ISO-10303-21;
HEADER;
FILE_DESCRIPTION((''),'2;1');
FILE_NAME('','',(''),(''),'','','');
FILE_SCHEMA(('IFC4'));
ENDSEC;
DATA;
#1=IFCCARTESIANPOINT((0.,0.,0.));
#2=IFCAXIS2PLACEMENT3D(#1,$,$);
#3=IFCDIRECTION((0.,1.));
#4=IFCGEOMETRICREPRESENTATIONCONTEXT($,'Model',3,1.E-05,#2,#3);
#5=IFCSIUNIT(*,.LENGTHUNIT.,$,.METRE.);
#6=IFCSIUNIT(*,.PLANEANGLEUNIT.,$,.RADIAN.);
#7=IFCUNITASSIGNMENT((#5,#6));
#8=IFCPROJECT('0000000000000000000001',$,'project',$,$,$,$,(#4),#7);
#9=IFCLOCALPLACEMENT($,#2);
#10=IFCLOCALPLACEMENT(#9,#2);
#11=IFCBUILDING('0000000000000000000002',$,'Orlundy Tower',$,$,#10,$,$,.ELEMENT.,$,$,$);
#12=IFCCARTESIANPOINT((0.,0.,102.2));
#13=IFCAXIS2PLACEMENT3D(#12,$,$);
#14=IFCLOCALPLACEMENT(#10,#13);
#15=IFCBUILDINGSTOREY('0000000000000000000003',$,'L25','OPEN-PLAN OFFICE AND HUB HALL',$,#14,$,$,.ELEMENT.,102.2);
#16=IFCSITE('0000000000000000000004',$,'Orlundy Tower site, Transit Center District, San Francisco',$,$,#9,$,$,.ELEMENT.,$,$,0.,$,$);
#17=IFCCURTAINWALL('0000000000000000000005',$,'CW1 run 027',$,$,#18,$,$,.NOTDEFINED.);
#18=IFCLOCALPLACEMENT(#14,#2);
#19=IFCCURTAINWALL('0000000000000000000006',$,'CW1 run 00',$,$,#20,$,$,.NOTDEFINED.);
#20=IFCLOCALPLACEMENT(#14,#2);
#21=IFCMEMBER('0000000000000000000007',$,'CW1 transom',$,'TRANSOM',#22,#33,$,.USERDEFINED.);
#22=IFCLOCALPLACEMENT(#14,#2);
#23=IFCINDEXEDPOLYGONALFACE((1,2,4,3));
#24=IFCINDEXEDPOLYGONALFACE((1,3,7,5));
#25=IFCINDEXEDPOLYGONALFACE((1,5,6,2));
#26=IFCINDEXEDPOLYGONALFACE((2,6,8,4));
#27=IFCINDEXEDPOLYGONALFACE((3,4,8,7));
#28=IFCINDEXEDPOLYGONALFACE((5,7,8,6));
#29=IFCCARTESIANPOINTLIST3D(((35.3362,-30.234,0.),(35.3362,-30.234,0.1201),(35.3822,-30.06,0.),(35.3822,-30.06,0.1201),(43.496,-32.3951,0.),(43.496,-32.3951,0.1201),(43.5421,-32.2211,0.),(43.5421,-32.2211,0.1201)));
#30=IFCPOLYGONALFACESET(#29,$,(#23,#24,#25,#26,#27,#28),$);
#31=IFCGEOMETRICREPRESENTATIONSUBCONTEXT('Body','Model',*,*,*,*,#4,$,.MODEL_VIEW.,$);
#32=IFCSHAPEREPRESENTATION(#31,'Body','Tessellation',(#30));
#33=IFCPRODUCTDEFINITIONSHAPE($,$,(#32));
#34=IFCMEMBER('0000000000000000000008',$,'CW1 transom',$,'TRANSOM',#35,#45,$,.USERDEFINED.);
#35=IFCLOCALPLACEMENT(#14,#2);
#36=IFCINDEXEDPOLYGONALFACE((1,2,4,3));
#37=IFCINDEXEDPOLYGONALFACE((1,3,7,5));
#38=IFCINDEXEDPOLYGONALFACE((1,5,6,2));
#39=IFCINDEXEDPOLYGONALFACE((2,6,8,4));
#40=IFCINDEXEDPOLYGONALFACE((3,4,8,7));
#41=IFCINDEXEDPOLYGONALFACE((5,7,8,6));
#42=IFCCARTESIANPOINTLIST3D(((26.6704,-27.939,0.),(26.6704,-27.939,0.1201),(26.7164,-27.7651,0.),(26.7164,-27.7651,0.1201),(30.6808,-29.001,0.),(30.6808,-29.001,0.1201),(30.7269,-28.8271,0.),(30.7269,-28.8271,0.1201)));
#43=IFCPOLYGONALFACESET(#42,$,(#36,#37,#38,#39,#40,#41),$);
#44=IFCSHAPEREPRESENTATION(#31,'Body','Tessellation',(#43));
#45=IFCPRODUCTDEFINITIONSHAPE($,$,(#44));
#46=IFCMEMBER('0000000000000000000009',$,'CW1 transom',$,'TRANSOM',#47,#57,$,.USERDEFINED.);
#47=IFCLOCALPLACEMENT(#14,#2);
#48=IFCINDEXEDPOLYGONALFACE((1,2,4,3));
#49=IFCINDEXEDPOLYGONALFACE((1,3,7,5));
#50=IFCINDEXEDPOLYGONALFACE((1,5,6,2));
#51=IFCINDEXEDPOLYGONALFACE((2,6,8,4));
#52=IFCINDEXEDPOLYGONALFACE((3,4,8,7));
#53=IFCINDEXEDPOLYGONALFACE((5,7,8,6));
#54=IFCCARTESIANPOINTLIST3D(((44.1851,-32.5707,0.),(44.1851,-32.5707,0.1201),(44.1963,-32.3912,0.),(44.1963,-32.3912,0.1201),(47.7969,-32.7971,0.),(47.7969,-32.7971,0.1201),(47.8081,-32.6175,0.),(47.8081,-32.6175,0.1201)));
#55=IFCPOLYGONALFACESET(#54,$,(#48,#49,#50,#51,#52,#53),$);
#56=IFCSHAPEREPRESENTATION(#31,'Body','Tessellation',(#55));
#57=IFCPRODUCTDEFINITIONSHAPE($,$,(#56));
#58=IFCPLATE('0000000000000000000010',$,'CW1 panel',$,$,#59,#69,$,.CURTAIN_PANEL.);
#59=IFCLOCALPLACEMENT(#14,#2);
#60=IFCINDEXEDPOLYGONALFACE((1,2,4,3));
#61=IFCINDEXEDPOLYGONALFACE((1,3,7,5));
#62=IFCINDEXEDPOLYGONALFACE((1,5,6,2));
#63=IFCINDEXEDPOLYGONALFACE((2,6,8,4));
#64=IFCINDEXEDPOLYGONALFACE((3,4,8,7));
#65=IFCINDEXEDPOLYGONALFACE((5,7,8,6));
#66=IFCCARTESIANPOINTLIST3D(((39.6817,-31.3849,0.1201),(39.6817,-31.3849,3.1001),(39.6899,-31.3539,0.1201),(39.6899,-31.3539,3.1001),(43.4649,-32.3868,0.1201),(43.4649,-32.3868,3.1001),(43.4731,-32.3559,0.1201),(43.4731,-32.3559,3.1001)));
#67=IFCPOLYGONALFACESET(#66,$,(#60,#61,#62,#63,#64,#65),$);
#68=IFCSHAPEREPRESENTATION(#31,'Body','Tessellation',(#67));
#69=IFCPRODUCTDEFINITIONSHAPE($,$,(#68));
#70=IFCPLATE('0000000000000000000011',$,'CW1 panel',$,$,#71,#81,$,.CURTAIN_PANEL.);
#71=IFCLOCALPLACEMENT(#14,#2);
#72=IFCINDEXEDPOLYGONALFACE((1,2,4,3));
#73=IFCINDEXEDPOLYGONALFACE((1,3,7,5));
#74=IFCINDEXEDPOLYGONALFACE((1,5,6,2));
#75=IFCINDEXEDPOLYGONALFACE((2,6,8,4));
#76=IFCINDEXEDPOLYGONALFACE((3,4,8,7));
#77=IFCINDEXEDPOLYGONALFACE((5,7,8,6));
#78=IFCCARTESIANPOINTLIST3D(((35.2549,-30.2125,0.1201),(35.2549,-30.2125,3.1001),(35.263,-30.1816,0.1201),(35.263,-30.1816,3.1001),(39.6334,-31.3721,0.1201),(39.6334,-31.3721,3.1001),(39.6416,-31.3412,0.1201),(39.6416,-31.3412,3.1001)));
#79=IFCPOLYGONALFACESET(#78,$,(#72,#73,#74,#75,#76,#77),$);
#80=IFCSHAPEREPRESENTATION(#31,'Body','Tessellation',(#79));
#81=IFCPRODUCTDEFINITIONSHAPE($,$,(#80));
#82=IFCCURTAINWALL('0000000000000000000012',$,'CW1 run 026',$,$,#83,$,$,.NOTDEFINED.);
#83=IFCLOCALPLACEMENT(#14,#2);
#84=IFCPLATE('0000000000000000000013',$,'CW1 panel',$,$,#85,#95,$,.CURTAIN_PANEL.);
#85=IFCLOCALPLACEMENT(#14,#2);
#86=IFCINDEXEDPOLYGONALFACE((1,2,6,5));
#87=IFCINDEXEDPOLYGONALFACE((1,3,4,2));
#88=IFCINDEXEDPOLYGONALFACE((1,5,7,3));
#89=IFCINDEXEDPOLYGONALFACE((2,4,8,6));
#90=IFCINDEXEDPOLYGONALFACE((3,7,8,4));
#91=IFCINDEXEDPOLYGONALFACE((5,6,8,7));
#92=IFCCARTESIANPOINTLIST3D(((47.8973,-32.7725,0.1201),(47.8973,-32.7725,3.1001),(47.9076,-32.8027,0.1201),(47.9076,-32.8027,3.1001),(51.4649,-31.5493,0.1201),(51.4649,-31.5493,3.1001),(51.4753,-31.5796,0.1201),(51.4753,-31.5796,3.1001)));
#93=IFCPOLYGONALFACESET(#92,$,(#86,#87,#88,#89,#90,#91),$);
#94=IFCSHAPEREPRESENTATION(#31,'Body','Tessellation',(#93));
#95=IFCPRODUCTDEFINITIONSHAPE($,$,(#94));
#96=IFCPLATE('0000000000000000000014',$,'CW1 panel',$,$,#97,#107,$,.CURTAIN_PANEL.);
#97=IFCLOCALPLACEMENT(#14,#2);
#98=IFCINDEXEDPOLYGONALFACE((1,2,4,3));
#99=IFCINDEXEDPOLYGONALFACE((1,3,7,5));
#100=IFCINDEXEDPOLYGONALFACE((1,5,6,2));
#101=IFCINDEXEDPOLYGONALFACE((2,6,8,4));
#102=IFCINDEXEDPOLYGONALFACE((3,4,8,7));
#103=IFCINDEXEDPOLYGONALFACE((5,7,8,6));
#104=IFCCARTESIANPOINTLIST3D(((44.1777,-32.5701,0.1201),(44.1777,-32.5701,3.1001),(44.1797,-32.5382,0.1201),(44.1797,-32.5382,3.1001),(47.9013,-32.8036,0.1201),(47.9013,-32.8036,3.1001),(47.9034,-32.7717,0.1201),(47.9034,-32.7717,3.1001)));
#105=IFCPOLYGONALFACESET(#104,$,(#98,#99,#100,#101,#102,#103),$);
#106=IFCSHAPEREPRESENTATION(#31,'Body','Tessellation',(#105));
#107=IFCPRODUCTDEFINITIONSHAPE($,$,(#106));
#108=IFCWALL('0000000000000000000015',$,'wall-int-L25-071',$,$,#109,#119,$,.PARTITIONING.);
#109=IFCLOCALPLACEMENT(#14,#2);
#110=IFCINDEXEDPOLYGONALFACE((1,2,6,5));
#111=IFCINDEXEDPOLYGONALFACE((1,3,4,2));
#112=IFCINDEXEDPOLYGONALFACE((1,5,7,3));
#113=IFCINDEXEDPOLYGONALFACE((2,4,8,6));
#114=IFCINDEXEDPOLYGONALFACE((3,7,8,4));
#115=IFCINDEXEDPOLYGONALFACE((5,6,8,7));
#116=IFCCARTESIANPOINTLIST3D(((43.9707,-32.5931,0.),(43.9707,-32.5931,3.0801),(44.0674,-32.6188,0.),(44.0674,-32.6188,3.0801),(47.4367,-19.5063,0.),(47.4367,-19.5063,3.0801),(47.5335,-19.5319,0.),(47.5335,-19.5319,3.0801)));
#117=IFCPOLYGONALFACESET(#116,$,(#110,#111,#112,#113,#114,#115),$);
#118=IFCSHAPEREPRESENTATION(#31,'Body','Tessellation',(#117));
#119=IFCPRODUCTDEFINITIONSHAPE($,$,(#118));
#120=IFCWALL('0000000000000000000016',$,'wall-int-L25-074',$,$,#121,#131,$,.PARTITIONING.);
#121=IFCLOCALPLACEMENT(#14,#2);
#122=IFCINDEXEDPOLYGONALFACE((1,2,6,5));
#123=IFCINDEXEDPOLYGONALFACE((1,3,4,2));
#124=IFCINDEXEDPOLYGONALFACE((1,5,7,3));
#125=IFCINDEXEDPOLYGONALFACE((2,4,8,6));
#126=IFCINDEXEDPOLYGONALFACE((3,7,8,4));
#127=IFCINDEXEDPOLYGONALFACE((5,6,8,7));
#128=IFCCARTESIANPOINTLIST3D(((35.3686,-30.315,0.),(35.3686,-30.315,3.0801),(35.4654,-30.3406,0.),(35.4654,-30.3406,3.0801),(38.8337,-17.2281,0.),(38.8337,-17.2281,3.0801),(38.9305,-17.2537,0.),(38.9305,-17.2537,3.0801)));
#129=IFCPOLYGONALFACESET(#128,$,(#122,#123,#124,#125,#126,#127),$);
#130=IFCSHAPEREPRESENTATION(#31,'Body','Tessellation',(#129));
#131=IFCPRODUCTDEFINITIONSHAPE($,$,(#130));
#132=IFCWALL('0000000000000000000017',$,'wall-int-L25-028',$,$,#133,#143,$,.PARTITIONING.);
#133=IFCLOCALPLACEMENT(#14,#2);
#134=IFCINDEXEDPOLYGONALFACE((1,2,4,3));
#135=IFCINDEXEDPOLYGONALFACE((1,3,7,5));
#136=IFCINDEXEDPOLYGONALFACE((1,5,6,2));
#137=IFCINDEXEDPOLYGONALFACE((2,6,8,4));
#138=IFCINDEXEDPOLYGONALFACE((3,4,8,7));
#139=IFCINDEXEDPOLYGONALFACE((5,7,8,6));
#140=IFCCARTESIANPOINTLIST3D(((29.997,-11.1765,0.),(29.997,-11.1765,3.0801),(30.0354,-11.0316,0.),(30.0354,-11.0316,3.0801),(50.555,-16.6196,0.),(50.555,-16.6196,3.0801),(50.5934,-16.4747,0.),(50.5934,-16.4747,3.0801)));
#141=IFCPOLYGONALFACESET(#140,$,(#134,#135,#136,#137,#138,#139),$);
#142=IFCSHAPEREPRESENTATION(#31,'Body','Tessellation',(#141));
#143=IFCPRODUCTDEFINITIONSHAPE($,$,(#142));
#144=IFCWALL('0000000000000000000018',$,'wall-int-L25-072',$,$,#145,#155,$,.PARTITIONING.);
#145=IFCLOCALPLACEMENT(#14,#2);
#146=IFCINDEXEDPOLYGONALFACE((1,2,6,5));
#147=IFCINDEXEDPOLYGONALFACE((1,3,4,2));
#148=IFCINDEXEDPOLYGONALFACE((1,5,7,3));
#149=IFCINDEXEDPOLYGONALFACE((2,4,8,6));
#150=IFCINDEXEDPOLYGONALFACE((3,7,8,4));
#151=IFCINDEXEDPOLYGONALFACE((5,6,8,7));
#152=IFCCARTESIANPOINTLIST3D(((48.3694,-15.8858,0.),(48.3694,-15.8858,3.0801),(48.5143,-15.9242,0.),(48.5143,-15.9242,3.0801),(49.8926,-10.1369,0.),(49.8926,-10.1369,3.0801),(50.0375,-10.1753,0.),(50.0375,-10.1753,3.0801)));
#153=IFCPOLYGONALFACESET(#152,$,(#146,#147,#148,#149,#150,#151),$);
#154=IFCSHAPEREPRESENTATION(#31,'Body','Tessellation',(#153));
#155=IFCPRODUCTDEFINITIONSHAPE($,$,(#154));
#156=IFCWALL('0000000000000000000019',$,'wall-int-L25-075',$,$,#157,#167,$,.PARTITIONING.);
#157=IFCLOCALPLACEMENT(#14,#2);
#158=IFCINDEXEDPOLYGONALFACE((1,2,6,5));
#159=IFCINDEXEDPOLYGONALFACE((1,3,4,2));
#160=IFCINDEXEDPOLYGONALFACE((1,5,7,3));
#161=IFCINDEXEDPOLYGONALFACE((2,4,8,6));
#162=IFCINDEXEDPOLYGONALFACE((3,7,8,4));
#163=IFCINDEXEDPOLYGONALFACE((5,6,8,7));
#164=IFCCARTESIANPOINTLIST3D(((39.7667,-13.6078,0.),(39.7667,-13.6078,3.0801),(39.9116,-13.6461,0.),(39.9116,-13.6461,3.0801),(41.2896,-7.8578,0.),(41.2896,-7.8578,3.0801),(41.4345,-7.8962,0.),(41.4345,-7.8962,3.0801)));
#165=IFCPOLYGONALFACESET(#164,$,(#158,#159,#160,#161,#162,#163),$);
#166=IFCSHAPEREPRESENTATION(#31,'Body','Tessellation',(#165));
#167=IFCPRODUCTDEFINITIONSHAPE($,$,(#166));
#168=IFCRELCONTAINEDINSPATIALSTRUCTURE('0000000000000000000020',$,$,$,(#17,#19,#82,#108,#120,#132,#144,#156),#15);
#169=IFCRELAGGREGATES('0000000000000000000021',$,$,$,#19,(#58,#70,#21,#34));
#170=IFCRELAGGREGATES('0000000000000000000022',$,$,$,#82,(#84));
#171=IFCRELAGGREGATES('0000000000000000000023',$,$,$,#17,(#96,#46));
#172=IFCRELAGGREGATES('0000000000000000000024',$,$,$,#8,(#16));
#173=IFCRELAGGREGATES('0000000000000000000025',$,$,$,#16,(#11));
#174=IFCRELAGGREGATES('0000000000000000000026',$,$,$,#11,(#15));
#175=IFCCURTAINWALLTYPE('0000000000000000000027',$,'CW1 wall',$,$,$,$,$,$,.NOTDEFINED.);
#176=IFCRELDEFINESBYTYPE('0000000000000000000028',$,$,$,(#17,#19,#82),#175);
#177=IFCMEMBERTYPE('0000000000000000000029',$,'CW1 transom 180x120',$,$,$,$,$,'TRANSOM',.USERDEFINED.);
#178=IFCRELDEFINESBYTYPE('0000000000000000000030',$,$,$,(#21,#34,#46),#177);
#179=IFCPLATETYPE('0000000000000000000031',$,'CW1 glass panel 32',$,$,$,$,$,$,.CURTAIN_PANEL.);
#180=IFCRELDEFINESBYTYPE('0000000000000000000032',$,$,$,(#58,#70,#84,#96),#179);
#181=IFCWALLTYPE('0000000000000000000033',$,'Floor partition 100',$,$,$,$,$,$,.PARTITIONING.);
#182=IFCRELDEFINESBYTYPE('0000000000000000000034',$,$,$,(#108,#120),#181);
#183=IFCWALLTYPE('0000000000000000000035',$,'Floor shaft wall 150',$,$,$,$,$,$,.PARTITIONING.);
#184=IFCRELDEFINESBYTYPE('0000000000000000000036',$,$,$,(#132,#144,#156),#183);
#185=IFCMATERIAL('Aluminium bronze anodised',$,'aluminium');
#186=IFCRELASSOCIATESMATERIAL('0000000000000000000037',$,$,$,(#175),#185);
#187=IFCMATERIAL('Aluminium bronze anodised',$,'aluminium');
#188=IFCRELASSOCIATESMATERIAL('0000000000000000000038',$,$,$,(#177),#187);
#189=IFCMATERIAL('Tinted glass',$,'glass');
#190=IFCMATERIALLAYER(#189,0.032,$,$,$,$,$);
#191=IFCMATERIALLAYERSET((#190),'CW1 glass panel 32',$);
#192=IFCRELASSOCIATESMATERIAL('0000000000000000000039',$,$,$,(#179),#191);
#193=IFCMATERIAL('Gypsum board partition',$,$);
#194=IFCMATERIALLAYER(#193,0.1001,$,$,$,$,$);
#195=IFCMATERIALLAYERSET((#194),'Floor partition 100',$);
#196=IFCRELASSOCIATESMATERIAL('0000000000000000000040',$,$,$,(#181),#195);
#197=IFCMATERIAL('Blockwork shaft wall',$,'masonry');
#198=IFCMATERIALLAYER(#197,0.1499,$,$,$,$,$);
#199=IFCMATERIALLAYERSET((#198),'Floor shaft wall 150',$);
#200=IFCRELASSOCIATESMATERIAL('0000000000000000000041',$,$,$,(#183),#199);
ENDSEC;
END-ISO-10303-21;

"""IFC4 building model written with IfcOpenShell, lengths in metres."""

from ifc_helpers import new_model, si_unit, direction, frame, frame_2d, origin, origin_2d, place, context, subcontext, project, spatial, rectangle, extrude, material, layer, layer_set, material_profile, profile_set, type_object, element, aggregate, save


model = new_model("IFC4")

# Units and contexts
model_context = context("Model", 3, precision=1e-05, world=origin(), true_north=direction((0.0, 1.0)))
body_context = subcontext(model_context, "Body", "Model", "MODEL_VIEW")
ifc_project = project(units=[si_unit("LENGTHUNIT", "METRE"), si_unit("PLANEANGLEUNIT", "RADIAN")], contexts=[model_context])

# Site, building, storey
site_placement = place(None, origin())
site = spatial("IfcSite", under=ifc_project, at=site_placement, Name="Orlundy Tower site, Transit Center District, San Francisco", CompositionType="ELEMENT", RefElevation=0.0)
building_placement = place(site_placement, origin())
building = spatial("IfcBuilding", under=site, at=building_placement, Name="Orlundy Tower", CompositionType="ELEMENT")
storey_placement = place(building_placement, frame((0.0, 0.0, 102.2)))
storey = spatial("IfcBuildingStorey", under=building, at=storey_placement, Name="L25", Description="OPEN-PLAN OFFICE AND HUB HALL", CompositionType="ELEMENT", Elevation=102.2)

# Curtain wall
ifc_material_1 = material(Name="Aluminium bronze anodised", Category="aluminium")
curtain_wall_type = type_object("IfcCurtainWallType", Name="CW1 wall", PredefinedType="NOTDEFINED", material=ifc_material_1)
curtain_wall_1_placement = place(storey_placement, origin())
curtain_wall_1 = element("IfcCurtainWall", 1, at=curtain_wall_1_placement, inside=storey, type_object=curtain_wall_type, Name="CW1 run 027", PredefinedType="NOTDEFINED")

# Curtain wall, members
curtain_wall_2_placement = place(storey_placement, origin())
curtain_wall_2 = element("IfcCurtainWall", 2, at=curtain_wall_2_placement, inside=storey, type_object=curtain_wall_type, Name="CW1 run 00", PredefinedType="NOTDEFINED")
ifc_material_2 = material(Name="Aluminium bronze anodised", Category="aluminium")
ifc_material_profile_1 = material_profile(ifc_material_2, rectangle(XDim=0.1799, YDim=0.1201, at=origin_2d()), Name="CW1 transom 180x120")
ifc_profile_set_1 = profile_set([ifc_material_profile_1], Name="Aluminium bronze anodised")
member_type_1 = type_object("IfcMemberType", Name="CW1 transom 180x120", ElementType="TRANSOM", PredefinedType="USERDEFINED", material=ifc_profile_set_1)
member_1_placement = place(storey_placement, frame((43.519, -32.3081, 0.0601), z_axis=(-0.966671, 0.256021, 0.0), x_axis=(-0.256021, -0.966671, 0.0)))
member_1 = element("IfcMember", 3, at=member_1_placement, type_object=member_type_1, Name="CW1 transom", ObjectType="TRANSOM", PredefinedType="USERDEFINED", context=body_context, shape_type="SweptSolid", body=[
    extrude(rectangle(XDim=0.1799, YDim=0.1201, at=origin_2d()), origin(), (0.0, 0.0, 1.0), 8.4412),
])
member_2_placement = place(storey_placement, frame((30.7039, -28.9141, 0.0601), z_axis=(-0.966681, 0.255985, 0.0), x_axis=(-0.255985, -0.966681, 0.0)))
member_2 = element("IfcMember", 4, at=member_2_placement, type_object=member_type_1, Name="CW1 transom", ObjectType="TRANSOM", PredefinedType="USERDEFINED", context=body_context, shape_type="SweptSolid", body=[
    extrude(rectangle(XDim=0.1799, YDim=0.1201, at=origin_2d()), origin(), (0.0, 0.0, 1.0), 4.1487),
])

# Member
member_3_placement = place(storey_placement, frame((47.8025, -32.7073, 0.0601), z_axis=(-0.998043, 0.062538, 0.0), x_axis=(-0.062538, -0.998043, 0.0)))
member_3 = element("IfcMember", 5, at=member_3_placement, type_object=member_type_1, Name="CW1 transom", ObjectType="TRANSOM", PredefinedType="USERDEFINED", context=body_context, shape_type="SweptSolid", body=[
    extrude(rectangle(XDim=0.1799, YDim=0.1201, at=origin_2d()), origin(), (0.0, 0.0, 1.0), 3.6189),
])

# Plates
ifc_material_3 = material(Name="Tinted glass", Category="glass")
ifc_layer_1 = layer(ifc_material_3, 0.032)
ifc_layer_set_1 = layer_set([ifc_layer_1], Name="CW1 glass panel 32")
plate_type = type_object("IfcPlateType", Name="CW1 glass panel 32", PredefinedType="CURTAIN_PANEL", material=ifc_layer_set_1)
plate_1_placement = place(storey_placement, frame((41.5774, -31.8704, 0.1201), z_axis=(0.0, 0.0, 1.0), x_axis=(-0.966674, 0.256011, 0.0)))
plate_1 = element("IfcPlate", 6, at=plate_1_placement, type_object=plate_type, Name="CW1 panel", PredefinedType="CURTAIN_PANEL", context=body_context, shape_type="SweptSolid", body=[
    extrude(rectangle(XDim=3.9136, YDim=0.032, at=origin_2d()), origin(), (0.0, 0.0, 1.0), 2.98),
])
plate_2_placement = place(storey_placement, frame((37.4482, -30.7769, 0.1201), z_axis=(0.0, 0.0, 1.0), x_axis=(-0.966674, 0.256011, 0.0)))
plate_2 = element("IfcPlate", 7, at=plate_2_placement, type_object=plate_type, Name="CW1 panel", PredefinedType="CURTAIN_PANEL", context=body_context, shape_type="SweptSolid", body=[
    extrude(rectangle(XDim=4.5295, YDim=0.032, at=origin_2d()), origin(), (0.0, 0.0, 1.0), 2.98),
])
aggregate(curtain_wall_2, [plate_1, plate_2, member_1, member_2])

# Curtain wall, plate
curtain_wall_3_placement = place(storey_placement, origin())
curtain_wall_3 = element("IfcCurtainWall", 8, at=curtain_wall_3_placement, inside=storey, type_object=curtain_wall_type, Name="CW1 run 026", PredefinedType="NOTDEFINED")
plate_3_placement = place(storey_placement, frame((49.6863, -32.176, 0.1201), z_axis=(0.0, 0.0, 1.0), x_axis=(-0.945951, -0.324311, 0.0)))
plate_3 = element("IfcPlate", 9, at=plate_3_placement, type_object=plate_type, Name="CW1 panel", PredefinedType="CURTAIN_PANEL", context=body_context, shape_type="SweptSolid", body=[
    extrude(rectangle(XDim=3.7715, YDim=0.032, at=origin_2d()), origin(), (0.0, 0.0, 1.0), 2.98),
])
aggregate(curtain_wall_3, [plate_3])

# Plate
plate_4_placement = place(storey_placement, frame((46.0405, -32.6709, 0.1201), z_axis=(0.0, 0.0, 1.0), x_axis=(-0.99804, 0.06258, 0.0)))
plate_4 = element("IfcPlate", 10, at=plate_4_placement, type_object=plate_type, Name="CW1 panel", PredefinedType="CURTAIN_PANEL", context=body_context, shape_type="SweptSolid", body=[
    extrude(rectangle(XDim=3.731, YDim=0.032, at=origin_2d()), origin(), (0.0, 0.0, 1.0), 2.98),
])
aggregate(curtain_wall_1, [plate_4, member_3])

# Walls
ifc_material_4 = material(Name="Gypsum board partition")
ifc_layer_2 = layer(ifc_material_4, 0.1001)
ifc_layer_set_2 = layer_set([ifc_layer_2], Name="Floor partition 100")
wall_type_1 = type_object("IfcWallType", Name="Floor partition 100", PredefinedType="PARTITIONING", material=ifc_layer_set_2)
wall_1_placement = place(storey_placement, frame((44.019, -32.606, 0.0), z_axis=(0.0, 0.0, 1.0), x_axis=(0.256022, 0.966671, 0.0)))
element("IfcWall", 11, at=wall_1_placement, inside=storey, type_object=wall_type_1, Name="wall-int-L25-071", PredefinedType="PARTITIONING", context=body_context, shape_type="SweptSolid", body=[
    extrude(rectangle(XDim=13.5381, YDim=0.1001, at=frame_2d((6.769, 0.0))), origin(), (0.0, 0.0, 1.0), 3.0801),
])
wall_2_placement = place(storey_placement, frame((35.417, -30.3279, 0.0), z_axis=(0.0, 0.0, 1.0), x_axis=(0.255955, 0.966689, 0.0)))
element("IfcWall", 12, at=wall_2_placement, inside=storey, type_object=wall_type_1, Name="wall-int-L25-074", PredefinedType="PARTITIONING", context=body_context, shape_type="SweptSolid", body=[
    extrude(rectangle(XDim=13.5378, YDim=0.1001, at=frame_2d((6.769, 0.0))), origin(), (0.0, 0.0, 1.0), 3.0801),
])
ifc_material_5 = material(Name="Blockwork shaft wall", Category="masonry")
ifc_layer_3 = layer(ifc_material_5, 0.1499)
ifc_layer_set_3 = layer_set([ifc_layer_3], Name="Floor shaft wall 150")
wall_type_2 = type_object("IfcWallType", Name="Floor shaft wall 150", PredefinedType="PARTITIONING", material=ifc_layer_set_3)
wall_3_placement = place(storey_placement, frame((30.0161, -11.104, 0.0), z_axis=(0.0, 0.0, 1.0), x_axis=(0.96669, -0.255951, 0.0)))
element("IfcWall", 13, at=wall_3_placement, inside=storey, type_object=wall_type_2, Name="wall-int-L25-028", PredefinedType="PARTITIONING", context=body_context, shape_type="SweptSolid", body=[
    extrude(rectangle(XDim=21.2664, YDim=0.1499, at=frame_2d((10.6333, 0.0))), origin(), (0.0, 0.0, 1.0), 3.0801),
])
wall_4_placement = place(storey_placement, frame((48.4419, -15.905, 0.0), z_axis=(0.0, 0.0, 1.0), x_axis=(0.256111, 0.966647, 0.0)))
element("IfcWall", 14, at=wall_4_placement, inside=storey, type_object=wall_type_2, Name="wall-int-L25-072", PredefinedType="PARTITIONING", context=body_context, shape_type="SweptSolid", body=[
    extrude(rectangle(XDim=5.9473, YDim=0.1499, at=frame_2d((2.9736, 0.0))), origin(), (0.0, 0.0, 1.0), 3.0801),
])
wall_5_placement = place(storey_placement, frame((39.8391, -13.627, 0.0), z_axis=(0.0, 0.0, 1.0), x_axis=(0.256032, 0.966668, 0.0)))
element("IfcWall", 15, at=wall_5_placement, inside=storey, type_object=wall_type_2, Name="wall-int-L25-075", PredefinedType="PARTITIONING", context=body_context, shape_type="SweptSolid", body=[
    extrude(rectangle(XDim=5.9482, YDim=0.1499, at=frame_2d((2.9741, 0.0))), origin(), (0.0, 0.0, 1.0), 3.0801),
])

save(model, "model.ifc")
